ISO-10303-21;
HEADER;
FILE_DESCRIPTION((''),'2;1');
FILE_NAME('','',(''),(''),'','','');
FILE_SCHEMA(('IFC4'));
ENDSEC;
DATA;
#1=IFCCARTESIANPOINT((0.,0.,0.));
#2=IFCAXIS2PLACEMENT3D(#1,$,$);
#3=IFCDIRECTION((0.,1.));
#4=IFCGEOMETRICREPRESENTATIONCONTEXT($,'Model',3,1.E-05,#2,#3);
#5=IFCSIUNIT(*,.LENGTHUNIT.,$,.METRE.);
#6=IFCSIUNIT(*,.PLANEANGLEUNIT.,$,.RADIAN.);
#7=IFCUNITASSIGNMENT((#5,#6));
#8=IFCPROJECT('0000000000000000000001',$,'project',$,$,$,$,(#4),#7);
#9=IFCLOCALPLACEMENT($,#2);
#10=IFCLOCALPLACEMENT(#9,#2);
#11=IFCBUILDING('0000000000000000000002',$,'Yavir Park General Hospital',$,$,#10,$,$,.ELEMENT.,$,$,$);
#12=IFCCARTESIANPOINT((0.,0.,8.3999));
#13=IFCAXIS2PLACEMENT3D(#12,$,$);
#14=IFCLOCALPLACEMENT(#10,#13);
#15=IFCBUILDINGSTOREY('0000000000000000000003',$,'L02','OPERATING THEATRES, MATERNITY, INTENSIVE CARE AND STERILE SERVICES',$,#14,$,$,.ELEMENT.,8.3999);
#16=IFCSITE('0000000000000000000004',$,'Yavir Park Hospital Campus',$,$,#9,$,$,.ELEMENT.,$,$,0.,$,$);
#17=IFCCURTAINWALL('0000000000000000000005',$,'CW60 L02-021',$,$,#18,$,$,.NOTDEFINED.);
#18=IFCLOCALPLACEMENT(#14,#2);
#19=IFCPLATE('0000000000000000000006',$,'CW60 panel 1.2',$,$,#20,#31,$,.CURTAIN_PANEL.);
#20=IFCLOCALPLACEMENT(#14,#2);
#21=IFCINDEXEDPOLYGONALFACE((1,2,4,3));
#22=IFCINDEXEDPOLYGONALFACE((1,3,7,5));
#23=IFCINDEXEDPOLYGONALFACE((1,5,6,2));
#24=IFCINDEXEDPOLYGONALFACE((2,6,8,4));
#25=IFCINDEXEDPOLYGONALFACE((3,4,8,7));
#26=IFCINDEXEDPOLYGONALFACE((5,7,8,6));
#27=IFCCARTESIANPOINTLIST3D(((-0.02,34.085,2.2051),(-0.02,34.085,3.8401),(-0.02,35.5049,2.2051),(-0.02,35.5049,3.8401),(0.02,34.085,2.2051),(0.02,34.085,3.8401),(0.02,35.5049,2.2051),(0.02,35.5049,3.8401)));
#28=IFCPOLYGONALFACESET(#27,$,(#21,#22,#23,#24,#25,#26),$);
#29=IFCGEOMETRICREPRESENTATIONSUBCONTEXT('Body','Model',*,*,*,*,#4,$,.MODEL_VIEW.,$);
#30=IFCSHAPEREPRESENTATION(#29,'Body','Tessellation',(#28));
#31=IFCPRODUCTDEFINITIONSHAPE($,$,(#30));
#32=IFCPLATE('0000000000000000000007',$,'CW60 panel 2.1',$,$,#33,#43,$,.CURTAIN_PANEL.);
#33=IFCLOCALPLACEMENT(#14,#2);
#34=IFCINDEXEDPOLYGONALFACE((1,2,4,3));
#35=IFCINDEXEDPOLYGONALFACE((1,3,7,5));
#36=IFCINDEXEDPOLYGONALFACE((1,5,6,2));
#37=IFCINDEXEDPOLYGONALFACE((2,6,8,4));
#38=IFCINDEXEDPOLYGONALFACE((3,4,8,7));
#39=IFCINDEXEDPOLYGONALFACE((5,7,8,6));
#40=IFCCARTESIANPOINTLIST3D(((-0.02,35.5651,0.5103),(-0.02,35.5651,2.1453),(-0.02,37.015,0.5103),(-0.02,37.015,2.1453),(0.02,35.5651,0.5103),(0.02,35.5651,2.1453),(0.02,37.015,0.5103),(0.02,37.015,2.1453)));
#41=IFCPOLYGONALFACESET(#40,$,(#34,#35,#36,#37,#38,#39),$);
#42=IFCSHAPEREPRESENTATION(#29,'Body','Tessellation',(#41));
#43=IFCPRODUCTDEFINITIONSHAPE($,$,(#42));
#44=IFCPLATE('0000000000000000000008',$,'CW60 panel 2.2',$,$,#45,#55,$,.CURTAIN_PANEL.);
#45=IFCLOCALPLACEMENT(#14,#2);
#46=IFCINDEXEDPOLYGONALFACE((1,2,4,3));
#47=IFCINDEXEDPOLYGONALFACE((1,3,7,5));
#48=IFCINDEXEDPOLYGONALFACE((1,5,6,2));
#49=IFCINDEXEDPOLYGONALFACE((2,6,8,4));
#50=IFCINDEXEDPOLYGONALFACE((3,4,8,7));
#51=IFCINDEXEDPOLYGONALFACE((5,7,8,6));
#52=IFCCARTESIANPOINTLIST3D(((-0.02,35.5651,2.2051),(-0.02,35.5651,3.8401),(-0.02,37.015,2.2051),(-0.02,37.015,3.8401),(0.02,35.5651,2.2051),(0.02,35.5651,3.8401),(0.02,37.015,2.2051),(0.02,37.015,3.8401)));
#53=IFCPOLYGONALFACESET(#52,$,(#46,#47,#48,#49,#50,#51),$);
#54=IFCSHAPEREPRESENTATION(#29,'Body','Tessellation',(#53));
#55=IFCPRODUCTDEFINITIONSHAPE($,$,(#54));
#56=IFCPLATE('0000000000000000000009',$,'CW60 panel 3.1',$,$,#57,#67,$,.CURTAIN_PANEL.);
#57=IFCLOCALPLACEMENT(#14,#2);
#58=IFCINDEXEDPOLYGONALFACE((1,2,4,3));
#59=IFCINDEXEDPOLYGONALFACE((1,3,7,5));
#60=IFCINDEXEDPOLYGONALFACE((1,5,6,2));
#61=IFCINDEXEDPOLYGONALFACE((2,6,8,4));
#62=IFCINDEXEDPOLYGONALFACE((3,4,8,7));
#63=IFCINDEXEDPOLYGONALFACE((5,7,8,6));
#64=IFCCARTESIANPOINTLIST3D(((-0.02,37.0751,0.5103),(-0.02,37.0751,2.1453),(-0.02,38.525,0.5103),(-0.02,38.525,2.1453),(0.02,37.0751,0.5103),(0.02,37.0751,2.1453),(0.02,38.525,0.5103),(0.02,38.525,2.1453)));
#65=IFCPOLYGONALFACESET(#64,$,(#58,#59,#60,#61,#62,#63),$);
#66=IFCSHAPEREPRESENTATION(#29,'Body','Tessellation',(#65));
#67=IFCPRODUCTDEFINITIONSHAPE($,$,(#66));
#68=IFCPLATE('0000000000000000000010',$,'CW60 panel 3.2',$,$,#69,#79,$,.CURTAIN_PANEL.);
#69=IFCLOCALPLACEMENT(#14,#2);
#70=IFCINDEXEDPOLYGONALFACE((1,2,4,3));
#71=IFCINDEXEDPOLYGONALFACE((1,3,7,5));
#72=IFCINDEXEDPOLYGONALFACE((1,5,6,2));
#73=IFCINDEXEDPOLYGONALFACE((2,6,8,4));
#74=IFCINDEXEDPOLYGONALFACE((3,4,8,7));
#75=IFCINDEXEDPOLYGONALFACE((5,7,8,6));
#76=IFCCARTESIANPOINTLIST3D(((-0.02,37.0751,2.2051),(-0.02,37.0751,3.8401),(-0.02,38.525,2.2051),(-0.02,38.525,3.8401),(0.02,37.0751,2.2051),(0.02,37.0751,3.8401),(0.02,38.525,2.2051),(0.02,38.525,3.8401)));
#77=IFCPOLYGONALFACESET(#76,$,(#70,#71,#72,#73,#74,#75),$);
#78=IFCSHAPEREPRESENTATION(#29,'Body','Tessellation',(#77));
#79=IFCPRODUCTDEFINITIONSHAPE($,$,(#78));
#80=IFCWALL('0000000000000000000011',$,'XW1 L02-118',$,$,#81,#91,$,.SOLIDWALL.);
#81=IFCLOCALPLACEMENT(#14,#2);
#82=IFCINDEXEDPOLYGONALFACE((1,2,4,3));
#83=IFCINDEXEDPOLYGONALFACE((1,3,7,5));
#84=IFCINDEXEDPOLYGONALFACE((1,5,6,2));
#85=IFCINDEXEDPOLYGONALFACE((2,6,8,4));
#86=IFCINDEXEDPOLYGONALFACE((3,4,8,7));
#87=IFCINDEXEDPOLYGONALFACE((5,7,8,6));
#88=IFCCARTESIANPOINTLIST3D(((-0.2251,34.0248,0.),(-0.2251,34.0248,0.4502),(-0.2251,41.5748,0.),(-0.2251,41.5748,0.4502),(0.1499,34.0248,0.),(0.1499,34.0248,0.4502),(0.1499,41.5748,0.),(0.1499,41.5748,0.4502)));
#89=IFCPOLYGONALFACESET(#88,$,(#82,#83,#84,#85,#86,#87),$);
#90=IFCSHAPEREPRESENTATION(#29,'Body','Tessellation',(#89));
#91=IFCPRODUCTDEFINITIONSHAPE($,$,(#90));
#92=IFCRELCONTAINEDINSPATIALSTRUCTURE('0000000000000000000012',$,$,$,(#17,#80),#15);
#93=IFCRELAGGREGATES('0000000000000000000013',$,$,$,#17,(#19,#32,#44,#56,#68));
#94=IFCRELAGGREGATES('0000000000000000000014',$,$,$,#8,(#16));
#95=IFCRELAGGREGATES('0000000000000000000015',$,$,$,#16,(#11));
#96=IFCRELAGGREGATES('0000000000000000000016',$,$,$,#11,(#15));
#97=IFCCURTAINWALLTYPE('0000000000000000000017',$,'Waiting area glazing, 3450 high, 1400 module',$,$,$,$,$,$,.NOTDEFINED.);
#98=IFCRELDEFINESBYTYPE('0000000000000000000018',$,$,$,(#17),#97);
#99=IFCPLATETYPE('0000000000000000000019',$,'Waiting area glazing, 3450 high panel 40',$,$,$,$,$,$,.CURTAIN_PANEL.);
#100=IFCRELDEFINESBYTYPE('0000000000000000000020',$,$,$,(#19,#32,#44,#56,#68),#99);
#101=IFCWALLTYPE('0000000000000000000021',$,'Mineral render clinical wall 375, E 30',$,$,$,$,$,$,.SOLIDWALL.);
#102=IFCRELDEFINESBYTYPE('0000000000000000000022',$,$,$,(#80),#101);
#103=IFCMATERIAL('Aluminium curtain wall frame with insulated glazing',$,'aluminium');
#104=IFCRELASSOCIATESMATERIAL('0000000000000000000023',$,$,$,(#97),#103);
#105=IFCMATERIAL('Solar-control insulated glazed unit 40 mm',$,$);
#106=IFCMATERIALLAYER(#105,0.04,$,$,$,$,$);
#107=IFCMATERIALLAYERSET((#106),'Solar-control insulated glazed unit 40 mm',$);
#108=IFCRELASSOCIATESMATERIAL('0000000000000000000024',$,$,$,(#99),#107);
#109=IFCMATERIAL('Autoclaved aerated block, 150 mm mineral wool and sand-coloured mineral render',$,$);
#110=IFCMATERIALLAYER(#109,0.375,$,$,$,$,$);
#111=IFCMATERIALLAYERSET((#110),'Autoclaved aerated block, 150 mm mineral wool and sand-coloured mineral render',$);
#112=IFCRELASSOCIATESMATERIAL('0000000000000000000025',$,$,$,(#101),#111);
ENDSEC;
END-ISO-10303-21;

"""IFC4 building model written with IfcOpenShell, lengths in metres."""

from ifc_helpers import new_model, si_unit, direction, frame, frame_2d, origin, origin_2d, place, context, subcontext, project, spatial, rectangle, extrude, material, layer, layer_set, type_object, element, aggregate, save


model = new_model("IFC4")

# Units and contexts
model_context = context("Model", 3, precision=1e-05, world=origin(), true_north=direction((0.0, 1.0)))
body_context = subcontext(model_context, "Body", "Model", "MODEL_VIEW")
ifc_project = project(units=[si_unit("LENGTHUNIT", "METRE"), si_unit("PLANEANGLEUNIT", "RADIAN")], contexts=[model_context])

# Site, building, storey
site_placement = place(None, origin())
site = spatial("IfcSite", under=ifc_project, at=site_placement, Name="Yavir Park Hospital Campus", CompositionType="ELEMENT", RefElevation=0.0)
building_placement = place(site_placement, origin())
building = spatial("IfcBuilding", under=site, at=building_placement, Name="Yavir Park General Hospital", CompositionType="ELEMENT")
storey_placement = place(building_placement, frame((0.0, 0.0, 8.3999)))
storey = spatial("IfcBuildingStorey", under=building, at=storey_placement, Name="L02", Description="OPERATING THEATRES, MATERNITY, INTENSIVE CARE AND STERILE SERVICES", CompositionType="ELEMENT", Elevation=8.3999)

# Curtain wall, plates
ifc_material_1 = material(Name="Aluminium curtain wall frame with insulated glazing", Category="aluminium")
curtain_wall_type = type_object("IfcCurtainWallType", Name="Waiting area glazing, 3450 high, 1400 module", PredefinedType="NOTDEFINED", material=ifc_material_1)
curtain_wall_placement = place(storey_placement, origin())
curtain_wall = element("IfcCurtainWall", 1, at=curtain_wall_placement, inside=storey, type_object=curtain_wall_type, Name="CW60 L02-021", PredefinedType="NOTDEFINED")
ifc_material_2 = material(Name="Solar-control insulated glazed unit 40 mm")
ifc_layer_1 = layer(ifc_material_2, 0.04)
ifc_layer_set_1 = layer_set([ifc_layer_1], Name="Solar-control insulated glazed unit 40 mm")
plate_type = type_object("IfcPlateType", Name="Waiting area glazing, 3450 high panel 40", PredefinedType="CURTAIN_PANEL", material=ifc_layer_set_1)
plate_1_placement = place(storey_placement, frame((0.0, 34.7949, 2.2051), z_axis=(0.0, 0.0, 1.0), x_axis=(0.0, 1.0, 0.0)))
plate_1 = element("IfcPlate", 2, at=plate_1_placement, type_object=plate_type, Name="CW60 panel 1.2", PredefinedType="CURTAIN_PANEL", context=body_context, shape_type="SweptSolid", body=[
    extrude(rectangle(XDim=1.4199, YDim=0.04, at=origin_2d()), origin(), (0.0, 0.0, 1.0), 1.635),
])
plate_2_placement = place(storey_placement, frame((0.0, 36.29, 0.5103), z_axis=(0.0, 0.0, 1.0), x_axis=(0.0, 1.0, 0.0)))
plate_2 = element("IfcPlate", 3, at=plate_2_placement, type_object=plate_type, Name="CW60 panel 2.1", PredefinedType="CURTAIN_PANEL", context=body_context, shape_type="SweptSolid", body=[
    extrude(rectangle(XDim=1.45, YDim=0.04, at=origin_2d()), origin(), (0.0, 0.0, 1.0), 1.635),
])
plate_3_placement = place(storey_placement, frame((0.0, 36.29, 2.2051), z_axis=(0.0, 0.0, 1.0), x_axis=(0.0, 1.0, 0.0)))
plate_3 = element("IfcPlate", 4, at=plate_3_placement, type_object=plate_type, Name="CW60 panel 2.2", PredefinedType="CURTAIN_PANEL", context=body_context, shape_type="SweptSolid", body=[
    extrude(rectangle(XDim=1.45, YDim=0.04, at=origin_2d()), origin(), (0.0, 0.0, 1.0), 1.635),
])
plate_4_placement = place(storey_placement, frame((0.0, 37.8, 0.5103), z_axis=(0.0, 0.0, 1.0), x_axis=(0.0, 1.0, 0.0)))
plate_4 = element("IfcPlate", 5, at=plate_4_placement, type_object=plate_type, Name="CW60 panel 3.1", PredefinedType="CURTAIN_PANEL", context=body_context, shape_type="SweptSolid", body=[
    extrude(rectangle(XDim=1.45, YDim=0.04, at=origin_2d()), origin(), (0.0, 0.0, 1.0), 1.635),
])
plate_5_placement = place(storey_placement, frame((0.0, 37.8, 2.2051), z_axis=(0.0, 0.0, 1.0), x_axis=(0.0, 1.0, 0.0)))
plate_5 = element("IfcPlate", 6, at=plate_5_placement, type_object=plate_type, Name="CW60 panel 3.2", PredefinedType="CURTAIN_PANEL", context=body_context, shape_type="SweptSolid", body=[
    extrude(rectangle(XDim=1.45, YDim=0.04, at=origin_2d()), origin(), (0.0, 0.0, 1.0), 1.635),
])
aggregate(curtain_wall, [plate_1, plate_2, plate_3, plate_4, plate_5])

# Wall
ifc_material_3 = material(Name="Autoclaved aerated block, 150 mm mineral wool and sand-coloured mineral render")
ifc_layer_2 = layer(ifc_material_3, 0.375)
ifc_layer_set_2 = layer_set([ifc_layer_2], Name="Autoclaved aerated block, 150 mm mineral wool and sand-coloured mineral render")
wall_type = type_object("IfcWallType", Name="Mineral render clinical wall 375, E 30", PredefinedType="SOLIDWALL", material=ifc_layer_set_2)
wall_placement = place(storey_placement, frame((-0.0376, 34.0249, 0.0), z_axis=(0.0, 0.0, 1.0), x_axis=(0.0, 1.0, 0.0)))
element("IfcWall", 7, at=wall_placement, inside=storey, type_object=wall_type, Name="XW1 L02-118", PredefinedType="SOLIDWALL", context=body_context, shape_type="SweptSolid", body=[
    extrude(rectangle(XDim=7.55, YDim=0.375, at=frame_2d((3.7749, 0.0))), origin(), (0.0, 0.0, 1.0), 0.4502),
])

save(model, "model.ifc")
